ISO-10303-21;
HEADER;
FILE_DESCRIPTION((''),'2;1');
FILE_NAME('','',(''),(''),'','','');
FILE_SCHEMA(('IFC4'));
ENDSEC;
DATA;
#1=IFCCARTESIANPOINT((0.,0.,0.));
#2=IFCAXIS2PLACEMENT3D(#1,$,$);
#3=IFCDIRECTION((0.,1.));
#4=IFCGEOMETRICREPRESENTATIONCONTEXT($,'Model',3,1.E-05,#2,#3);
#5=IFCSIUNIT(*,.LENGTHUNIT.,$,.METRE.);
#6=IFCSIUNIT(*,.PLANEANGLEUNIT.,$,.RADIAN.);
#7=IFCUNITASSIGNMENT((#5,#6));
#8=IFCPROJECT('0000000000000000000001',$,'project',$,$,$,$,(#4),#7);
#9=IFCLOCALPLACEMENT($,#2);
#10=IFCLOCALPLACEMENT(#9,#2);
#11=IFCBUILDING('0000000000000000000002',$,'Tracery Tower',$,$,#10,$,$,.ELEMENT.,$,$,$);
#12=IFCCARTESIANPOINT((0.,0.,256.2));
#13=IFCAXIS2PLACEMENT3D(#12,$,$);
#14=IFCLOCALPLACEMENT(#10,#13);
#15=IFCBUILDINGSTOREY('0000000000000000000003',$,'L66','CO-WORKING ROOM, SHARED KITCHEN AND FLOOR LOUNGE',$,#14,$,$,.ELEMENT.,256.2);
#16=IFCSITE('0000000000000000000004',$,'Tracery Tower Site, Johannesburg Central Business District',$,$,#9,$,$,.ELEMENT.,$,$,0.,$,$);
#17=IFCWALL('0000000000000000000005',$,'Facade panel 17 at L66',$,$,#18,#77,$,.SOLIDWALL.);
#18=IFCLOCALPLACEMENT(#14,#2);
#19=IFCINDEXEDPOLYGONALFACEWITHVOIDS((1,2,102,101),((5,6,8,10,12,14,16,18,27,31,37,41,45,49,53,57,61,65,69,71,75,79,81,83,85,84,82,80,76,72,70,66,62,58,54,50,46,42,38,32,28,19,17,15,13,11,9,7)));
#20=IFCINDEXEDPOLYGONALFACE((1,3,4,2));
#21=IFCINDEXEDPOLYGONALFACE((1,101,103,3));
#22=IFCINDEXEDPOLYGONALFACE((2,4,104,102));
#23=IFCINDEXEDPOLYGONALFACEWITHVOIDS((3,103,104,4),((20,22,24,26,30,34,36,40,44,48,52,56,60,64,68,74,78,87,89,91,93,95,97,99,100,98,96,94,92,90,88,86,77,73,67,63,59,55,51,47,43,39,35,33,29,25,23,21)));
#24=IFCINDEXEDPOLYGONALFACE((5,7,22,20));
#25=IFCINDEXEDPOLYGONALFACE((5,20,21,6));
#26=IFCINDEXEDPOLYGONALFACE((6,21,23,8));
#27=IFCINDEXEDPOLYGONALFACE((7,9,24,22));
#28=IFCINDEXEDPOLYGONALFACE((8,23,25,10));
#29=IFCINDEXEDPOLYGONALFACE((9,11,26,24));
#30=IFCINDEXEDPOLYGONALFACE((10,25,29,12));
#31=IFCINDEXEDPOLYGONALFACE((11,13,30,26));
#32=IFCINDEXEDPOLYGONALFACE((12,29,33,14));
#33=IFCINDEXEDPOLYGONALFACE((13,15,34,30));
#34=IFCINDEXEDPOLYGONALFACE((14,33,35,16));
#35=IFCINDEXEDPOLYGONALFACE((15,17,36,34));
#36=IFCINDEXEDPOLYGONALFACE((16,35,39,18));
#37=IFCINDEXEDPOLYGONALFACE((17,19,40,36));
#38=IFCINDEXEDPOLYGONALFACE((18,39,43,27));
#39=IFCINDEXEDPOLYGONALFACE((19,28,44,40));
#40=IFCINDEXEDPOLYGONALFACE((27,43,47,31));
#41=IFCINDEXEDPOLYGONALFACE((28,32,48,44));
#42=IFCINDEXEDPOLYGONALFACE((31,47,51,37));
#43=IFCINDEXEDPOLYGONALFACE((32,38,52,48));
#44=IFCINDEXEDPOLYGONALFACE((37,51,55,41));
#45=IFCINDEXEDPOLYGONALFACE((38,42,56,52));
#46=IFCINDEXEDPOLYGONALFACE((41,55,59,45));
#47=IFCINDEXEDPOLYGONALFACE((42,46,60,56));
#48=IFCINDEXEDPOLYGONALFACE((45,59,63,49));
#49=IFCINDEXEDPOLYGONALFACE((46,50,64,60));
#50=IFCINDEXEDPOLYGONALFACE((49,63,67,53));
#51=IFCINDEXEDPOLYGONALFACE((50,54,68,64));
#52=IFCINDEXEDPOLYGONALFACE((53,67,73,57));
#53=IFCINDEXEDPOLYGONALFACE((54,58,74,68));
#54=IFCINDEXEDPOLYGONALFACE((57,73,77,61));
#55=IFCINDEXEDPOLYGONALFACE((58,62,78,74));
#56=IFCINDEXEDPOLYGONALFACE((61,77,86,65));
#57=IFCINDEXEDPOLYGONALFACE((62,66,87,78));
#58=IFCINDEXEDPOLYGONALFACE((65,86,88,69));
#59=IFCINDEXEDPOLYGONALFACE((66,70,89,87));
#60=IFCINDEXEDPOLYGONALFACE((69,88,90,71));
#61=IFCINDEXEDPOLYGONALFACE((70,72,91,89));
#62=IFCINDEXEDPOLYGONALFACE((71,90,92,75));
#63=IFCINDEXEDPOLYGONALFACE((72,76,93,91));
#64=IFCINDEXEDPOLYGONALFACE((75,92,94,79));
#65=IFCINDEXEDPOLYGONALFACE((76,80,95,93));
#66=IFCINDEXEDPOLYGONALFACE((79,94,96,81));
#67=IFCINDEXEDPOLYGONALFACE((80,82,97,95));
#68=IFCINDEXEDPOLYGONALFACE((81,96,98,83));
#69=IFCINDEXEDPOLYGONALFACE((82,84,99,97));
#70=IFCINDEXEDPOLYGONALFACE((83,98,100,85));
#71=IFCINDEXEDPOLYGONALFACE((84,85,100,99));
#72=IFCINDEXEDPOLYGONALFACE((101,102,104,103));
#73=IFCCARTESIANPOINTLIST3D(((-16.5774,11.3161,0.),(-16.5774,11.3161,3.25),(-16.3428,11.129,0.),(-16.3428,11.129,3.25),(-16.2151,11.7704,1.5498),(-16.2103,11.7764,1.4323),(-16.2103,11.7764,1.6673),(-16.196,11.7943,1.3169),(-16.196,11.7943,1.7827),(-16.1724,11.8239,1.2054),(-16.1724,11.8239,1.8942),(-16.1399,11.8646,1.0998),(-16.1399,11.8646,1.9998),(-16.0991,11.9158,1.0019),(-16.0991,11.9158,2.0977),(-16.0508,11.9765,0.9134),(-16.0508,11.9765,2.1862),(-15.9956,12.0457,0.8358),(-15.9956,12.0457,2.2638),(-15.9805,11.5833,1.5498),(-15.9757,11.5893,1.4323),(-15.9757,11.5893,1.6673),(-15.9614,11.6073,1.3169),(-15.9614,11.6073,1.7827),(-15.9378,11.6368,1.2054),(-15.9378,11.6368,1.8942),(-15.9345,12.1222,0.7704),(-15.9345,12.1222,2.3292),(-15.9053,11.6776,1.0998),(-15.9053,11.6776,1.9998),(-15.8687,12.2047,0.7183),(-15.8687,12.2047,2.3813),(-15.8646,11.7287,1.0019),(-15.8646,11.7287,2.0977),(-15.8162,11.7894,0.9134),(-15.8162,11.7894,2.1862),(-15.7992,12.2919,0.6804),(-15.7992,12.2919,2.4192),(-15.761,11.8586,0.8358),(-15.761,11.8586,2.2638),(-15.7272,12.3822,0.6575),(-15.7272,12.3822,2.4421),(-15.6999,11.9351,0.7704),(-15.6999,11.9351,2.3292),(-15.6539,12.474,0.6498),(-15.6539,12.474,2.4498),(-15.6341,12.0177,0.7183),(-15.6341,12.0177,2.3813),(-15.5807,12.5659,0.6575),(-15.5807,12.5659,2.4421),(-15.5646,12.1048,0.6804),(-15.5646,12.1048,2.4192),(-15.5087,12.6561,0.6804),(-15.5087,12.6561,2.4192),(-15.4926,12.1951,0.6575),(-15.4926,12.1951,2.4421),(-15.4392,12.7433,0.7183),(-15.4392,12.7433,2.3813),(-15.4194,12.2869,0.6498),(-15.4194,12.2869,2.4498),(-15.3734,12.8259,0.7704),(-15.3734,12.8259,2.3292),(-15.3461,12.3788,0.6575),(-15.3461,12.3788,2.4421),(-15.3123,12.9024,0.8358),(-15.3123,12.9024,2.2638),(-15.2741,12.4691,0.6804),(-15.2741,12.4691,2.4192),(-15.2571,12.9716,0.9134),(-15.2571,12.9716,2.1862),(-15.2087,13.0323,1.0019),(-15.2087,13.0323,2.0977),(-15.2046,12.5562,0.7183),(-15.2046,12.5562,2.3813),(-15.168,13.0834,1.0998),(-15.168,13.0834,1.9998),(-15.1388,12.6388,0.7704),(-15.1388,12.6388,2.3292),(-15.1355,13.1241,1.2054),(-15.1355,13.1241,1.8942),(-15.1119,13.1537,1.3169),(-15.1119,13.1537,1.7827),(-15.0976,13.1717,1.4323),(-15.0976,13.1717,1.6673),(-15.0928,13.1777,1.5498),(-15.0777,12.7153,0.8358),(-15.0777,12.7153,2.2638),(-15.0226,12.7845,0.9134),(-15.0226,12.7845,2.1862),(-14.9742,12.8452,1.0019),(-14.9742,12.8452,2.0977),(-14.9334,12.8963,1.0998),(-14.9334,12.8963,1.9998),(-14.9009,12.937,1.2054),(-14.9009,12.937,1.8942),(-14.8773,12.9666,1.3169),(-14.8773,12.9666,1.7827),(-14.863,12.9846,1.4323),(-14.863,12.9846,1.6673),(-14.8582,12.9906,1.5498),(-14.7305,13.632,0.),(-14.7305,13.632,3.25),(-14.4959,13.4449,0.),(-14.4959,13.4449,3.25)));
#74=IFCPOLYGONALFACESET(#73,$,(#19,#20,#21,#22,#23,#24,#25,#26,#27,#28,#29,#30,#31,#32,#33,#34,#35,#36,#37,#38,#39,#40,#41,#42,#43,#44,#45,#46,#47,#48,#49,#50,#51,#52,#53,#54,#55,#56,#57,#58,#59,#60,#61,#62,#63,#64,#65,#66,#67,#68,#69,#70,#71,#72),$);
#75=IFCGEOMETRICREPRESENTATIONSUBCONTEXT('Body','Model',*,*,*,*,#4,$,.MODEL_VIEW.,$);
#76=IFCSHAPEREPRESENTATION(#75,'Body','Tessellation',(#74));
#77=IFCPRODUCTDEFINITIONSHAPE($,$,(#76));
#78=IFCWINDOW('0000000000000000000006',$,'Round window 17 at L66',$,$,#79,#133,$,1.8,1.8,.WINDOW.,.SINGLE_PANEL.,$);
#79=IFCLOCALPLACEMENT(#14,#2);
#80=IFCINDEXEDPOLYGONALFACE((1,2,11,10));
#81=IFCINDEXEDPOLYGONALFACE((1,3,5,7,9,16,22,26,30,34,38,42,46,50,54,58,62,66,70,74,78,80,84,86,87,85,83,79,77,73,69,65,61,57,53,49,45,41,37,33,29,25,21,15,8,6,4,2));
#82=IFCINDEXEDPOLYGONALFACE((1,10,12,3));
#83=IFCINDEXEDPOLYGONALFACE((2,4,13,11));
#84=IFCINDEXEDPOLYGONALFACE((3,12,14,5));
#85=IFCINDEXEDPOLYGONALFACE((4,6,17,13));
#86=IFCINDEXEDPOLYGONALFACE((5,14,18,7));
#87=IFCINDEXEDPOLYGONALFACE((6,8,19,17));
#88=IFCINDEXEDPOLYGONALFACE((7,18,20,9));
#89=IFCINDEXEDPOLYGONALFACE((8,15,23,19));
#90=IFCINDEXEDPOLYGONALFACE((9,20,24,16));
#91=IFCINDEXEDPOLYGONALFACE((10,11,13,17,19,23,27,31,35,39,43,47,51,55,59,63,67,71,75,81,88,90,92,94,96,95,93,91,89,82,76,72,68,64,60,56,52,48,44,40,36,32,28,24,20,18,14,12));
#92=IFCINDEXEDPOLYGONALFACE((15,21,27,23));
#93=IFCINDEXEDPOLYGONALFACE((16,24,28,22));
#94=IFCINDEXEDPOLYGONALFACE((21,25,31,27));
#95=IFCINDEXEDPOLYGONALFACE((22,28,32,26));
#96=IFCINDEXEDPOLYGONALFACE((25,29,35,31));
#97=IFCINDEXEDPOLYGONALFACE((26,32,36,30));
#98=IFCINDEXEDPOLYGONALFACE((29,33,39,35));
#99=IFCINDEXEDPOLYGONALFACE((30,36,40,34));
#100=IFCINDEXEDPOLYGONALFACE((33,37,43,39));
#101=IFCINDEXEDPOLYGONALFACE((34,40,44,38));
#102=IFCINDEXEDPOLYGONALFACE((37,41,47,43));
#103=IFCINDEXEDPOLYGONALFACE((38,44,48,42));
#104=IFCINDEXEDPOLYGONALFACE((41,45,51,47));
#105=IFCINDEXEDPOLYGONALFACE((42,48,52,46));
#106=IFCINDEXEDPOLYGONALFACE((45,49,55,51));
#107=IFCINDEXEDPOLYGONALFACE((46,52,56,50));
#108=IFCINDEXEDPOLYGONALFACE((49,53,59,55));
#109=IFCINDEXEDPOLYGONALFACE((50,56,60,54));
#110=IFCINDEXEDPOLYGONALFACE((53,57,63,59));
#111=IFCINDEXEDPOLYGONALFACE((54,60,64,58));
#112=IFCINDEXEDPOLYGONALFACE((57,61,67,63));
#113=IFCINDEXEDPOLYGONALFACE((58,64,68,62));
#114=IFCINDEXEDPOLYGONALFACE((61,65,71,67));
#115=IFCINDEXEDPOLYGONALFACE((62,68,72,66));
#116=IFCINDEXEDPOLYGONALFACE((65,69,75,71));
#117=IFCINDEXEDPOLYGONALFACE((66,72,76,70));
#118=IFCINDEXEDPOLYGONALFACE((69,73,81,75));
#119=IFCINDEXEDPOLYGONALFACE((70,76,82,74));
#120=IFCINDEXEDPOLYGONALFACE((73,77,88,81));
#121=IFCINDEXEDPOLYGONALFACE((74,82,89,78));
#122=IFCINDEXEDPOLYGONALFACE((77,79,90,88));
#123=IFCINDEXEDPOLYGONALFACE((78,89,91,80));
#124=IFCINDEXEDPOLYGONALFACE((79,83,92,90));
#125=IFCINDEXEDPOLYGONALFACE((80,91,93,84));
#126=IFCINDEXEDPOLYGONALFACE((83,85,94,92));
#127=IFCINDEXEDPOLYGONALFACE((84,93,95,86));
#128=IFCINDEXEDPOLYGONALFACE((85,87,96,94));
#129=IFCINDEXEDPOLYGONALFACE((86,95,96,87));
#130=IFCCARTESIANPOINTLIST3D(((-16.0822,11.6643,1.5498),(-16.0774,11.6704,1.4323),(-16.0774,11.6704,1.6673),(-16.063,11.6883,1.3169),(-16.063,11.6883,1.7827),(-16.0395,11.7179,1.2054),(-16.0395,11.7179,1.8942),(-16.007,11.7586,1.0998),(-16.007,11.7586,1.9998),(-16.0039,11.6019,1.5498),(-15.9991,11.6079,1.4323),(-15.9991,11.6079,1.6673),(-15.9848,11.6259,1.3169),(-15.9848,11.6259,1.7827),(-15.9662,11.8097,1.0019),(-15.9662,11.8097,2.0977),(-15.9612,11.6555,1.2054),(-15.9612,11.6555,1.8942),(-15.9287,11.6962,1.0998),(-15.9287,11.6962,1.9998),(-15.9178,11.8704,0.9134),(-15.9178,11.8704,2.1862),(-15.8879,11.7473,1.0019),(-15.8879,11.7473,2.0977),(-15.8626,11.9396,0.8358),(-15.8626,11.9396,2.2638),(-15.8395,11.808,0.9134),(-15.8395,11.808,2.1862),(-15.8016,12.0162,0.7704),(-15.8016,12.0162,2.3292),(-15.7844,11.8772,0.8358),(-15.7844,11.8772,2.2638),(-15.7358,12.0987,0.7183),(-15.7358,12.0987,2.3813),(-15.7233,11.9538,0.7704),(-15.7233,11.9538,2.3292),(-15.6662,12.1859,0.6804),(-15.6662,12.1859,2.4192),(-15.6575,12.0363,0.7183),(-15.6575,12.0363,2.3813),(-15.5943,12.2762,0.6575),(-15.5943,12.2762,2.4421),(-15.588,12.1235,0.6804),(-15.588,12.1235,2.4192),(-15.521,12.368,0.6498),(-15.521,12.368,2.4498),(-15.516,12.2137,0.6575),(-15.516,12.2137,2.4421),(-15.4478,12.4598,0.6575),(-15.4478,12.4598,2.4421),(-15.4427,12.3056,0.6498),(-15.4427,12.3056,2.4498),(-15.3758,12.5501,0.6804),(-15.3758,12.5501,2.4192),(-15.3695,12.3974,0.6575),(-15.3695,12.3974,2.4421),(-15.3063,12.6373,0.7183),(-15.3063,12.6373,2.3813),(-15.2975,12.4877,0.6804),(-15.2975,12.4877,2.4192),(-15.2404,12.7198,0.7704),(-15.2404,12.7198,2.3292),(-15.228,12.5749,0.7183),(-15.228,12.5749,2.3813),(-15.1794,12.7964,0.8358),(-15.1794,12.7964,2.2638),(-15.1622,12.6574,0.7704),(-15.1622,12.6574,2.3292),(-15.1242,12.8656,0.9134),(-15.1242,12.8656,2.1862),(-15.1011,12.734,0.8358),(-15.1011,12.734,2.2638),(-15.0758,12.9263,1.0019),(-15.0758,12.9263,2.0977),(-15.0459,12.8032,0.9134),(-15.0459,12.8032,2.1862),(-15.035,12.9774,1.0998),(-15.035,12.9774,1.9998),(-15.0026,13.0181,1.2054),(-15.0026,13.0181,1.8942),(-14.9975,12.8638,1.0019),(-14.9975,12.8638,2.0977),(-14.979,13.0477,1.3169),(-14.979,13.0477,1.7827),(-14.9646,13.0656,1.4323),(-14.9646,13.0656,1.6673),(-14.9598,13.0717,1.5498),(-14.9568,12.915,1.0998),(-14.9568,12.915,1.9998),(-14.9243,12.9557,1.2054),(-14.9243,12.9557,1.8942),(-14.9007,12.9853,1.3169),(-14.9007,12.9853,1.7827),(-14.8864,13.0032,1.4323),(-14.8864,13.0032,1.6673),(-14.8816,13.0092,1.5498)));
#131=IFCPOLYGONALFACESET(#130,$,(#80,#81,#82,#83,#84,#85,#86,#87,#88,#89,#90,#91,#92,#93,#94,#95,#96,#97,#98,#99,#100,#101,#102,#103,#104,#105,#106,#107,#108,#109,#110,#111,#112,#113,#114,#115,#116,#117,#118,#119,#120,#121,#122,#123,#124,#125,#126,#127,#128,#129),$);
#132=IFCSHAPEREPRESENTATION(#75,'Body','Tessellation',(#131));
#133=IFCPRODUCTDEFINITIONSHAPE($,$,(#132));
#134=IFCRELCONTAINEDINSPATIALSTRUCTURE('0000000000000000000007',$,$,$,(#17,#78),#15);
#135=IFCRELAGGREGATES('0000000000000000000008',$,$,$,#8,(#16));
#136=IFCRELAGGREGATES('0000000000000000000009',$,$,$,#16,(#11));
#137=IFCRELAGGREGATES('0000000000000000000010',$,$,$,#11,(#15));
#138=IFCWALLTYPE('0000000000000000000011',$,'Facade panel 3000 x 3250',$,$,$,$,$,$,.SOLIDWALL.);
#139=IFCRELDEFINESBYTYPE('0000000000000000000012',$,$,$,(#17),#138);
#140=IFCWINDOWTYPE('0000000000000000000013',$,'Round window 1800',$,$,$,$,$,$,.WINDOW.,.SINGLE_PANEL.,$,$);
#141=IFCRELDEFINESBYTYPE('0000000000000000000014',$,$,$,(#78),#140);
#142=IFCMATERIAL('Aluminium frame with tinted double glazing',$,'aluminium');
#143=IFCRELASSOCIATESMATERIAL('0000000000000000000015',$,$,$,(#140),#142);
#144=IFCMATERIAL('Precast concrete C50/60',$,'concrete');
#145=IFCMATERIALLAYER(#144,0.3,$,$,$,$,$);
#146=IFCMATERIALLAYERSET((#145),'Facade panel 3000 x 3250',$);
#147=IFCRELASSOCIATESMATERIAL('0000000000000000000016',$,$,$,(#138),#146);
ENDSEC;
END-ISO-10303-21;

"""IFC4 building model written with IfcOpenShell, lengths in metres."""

from ifc_helpers import new_model, si_unit, direction, frame, frame_2d, origin, origin_2d, place, context, subcontext, project, spatial, rectangle, circle, extrude, material, layer, layer_set, type_object, element, fill, save


model = new_model("IFC4")

# Units and contexts
model_context = context("Model", 3, precision=1e-05, world=origin(), true_north=direction((0.0, 1.0)))
body_context = subcontext(model_context, "Body", "Model", "MODEL_VIEW")
ifc_project = project(units=[si_unit("LENGTHUNIT", "METRE"), si_unit("PLANEANGLEUNIT", "RADIAN")], contexts=[model_context])

# Site, building, storey
site_placement = place(None, origin())
site = spatial("IfcSite", under=ifc_project, at=site_placement, Name="Tracery Tower Site, Johannesburg Central Business District", CompositionType="ELEMENT", RefElevation=0.0)
building_placement = place(site_placement, origin())
building = spatial("IfcBuilding", under=site, at=building_placement, Name="Tracery Tower", CompositionType="ELEMENT")
storey_placement = place(building_placement, frame((0.0, 0.0, 256.2)))
storey = spatial("IfcBuildingStorey", under=building, at=storey_placement, Name="L66", Description="CO-WORKING ROOM, SHARED KITCHEN AND FLOOR LOUNGE", CompositionType="ELEMENT", Elevation=256.2)

# Wall, opening, window
ifc_material_1 = material(Name="Aluminium frame with tinted double glazing", Category="aluminium")
window_type = type_object("IfcWindowType", Name="Round window 1800", PartitioningType="SINGLE_PANEL", PredefinedType="WINDOW", material=ifc_material_1)
ifc_material_2 = material(Name="Precast concrete C50/60", Category="concrete")
ifc_layer_1 = layer(ifc_material_2, 0.3)
ifc_layer_set_1 = layer_set([ifc_layer_1], Name="Facade panel 3000 x 3250")
wall_type_1 = type_object("IfcWallType", Name="Facade panel 3000 x 3250", PredefinedType="SOLIDWALL", material=ifc_layer_set_1)
wall_1_placement = place(storey_placement, frame((-14.6133, 13.5383, 0.0), z_axis=(0.0, 0.0, 1.0), x_axis=(-0.623498, -0.781825, 0.0)))
wall_1 = element("IfcWall", 1, at=wall_1_placement, inside=storey, type_object=wall_type_1, Name="Facade panel 17 at L66", PredefinedType="SOLIDWALL", context=body_context, shape_type="SweptSolid", body=[
    extrude(rectangle(XDim=2.9622, YDim=0.3, at=frame_2d((1.481, 0.0))), origin(), (0.0, 0.0, 1.0), 3.25),
])
opening_1_placement = place(wall_1_placement, frame((1.481, 0.0, 1.5498)))
opening_1 = element("IfcOpeningElement", 2, at=opening_1_placement, cuts=wall_1, PredefinedType="OPENING", context=body_context, shape_type="SweptSolid", body=[
    extrude(circle(Radius=0.9, at=origin_2d()), frame((0.0, 0.1599, 0.0), z_axis=(0.0, -1.0, 0.0), x_axis=(1.0, 0.0, 0.0)), (0.0, 0.0, 1.0), 0.3201),
])
window_1_placement = place(opening_1_placement, origin())
window_1 = element("IfcWindow", 3, at=window_1_placement, inside=storey, type_object=window_type, Name="Round window 17 at L66", OverallHeight=1.8, OverallWidth=1.8, PartitioningType="SINGLE_PANEL", PredefinedType="WINDOW", context=body_context, shape_type="SweptSolid", body=[
    extrude(circle(Radius=0.9, at=origin_2d()), frame((0.0, 0.1201, 0.0), z_axis=(0.0, -1.0, 0.0), x_axis=(1.0, 0.0, 0.0)), (0.0, 0.0, 1.0), 0.1001),
])
fill(opening_1, window_1)

save(model, "model.ifc")
